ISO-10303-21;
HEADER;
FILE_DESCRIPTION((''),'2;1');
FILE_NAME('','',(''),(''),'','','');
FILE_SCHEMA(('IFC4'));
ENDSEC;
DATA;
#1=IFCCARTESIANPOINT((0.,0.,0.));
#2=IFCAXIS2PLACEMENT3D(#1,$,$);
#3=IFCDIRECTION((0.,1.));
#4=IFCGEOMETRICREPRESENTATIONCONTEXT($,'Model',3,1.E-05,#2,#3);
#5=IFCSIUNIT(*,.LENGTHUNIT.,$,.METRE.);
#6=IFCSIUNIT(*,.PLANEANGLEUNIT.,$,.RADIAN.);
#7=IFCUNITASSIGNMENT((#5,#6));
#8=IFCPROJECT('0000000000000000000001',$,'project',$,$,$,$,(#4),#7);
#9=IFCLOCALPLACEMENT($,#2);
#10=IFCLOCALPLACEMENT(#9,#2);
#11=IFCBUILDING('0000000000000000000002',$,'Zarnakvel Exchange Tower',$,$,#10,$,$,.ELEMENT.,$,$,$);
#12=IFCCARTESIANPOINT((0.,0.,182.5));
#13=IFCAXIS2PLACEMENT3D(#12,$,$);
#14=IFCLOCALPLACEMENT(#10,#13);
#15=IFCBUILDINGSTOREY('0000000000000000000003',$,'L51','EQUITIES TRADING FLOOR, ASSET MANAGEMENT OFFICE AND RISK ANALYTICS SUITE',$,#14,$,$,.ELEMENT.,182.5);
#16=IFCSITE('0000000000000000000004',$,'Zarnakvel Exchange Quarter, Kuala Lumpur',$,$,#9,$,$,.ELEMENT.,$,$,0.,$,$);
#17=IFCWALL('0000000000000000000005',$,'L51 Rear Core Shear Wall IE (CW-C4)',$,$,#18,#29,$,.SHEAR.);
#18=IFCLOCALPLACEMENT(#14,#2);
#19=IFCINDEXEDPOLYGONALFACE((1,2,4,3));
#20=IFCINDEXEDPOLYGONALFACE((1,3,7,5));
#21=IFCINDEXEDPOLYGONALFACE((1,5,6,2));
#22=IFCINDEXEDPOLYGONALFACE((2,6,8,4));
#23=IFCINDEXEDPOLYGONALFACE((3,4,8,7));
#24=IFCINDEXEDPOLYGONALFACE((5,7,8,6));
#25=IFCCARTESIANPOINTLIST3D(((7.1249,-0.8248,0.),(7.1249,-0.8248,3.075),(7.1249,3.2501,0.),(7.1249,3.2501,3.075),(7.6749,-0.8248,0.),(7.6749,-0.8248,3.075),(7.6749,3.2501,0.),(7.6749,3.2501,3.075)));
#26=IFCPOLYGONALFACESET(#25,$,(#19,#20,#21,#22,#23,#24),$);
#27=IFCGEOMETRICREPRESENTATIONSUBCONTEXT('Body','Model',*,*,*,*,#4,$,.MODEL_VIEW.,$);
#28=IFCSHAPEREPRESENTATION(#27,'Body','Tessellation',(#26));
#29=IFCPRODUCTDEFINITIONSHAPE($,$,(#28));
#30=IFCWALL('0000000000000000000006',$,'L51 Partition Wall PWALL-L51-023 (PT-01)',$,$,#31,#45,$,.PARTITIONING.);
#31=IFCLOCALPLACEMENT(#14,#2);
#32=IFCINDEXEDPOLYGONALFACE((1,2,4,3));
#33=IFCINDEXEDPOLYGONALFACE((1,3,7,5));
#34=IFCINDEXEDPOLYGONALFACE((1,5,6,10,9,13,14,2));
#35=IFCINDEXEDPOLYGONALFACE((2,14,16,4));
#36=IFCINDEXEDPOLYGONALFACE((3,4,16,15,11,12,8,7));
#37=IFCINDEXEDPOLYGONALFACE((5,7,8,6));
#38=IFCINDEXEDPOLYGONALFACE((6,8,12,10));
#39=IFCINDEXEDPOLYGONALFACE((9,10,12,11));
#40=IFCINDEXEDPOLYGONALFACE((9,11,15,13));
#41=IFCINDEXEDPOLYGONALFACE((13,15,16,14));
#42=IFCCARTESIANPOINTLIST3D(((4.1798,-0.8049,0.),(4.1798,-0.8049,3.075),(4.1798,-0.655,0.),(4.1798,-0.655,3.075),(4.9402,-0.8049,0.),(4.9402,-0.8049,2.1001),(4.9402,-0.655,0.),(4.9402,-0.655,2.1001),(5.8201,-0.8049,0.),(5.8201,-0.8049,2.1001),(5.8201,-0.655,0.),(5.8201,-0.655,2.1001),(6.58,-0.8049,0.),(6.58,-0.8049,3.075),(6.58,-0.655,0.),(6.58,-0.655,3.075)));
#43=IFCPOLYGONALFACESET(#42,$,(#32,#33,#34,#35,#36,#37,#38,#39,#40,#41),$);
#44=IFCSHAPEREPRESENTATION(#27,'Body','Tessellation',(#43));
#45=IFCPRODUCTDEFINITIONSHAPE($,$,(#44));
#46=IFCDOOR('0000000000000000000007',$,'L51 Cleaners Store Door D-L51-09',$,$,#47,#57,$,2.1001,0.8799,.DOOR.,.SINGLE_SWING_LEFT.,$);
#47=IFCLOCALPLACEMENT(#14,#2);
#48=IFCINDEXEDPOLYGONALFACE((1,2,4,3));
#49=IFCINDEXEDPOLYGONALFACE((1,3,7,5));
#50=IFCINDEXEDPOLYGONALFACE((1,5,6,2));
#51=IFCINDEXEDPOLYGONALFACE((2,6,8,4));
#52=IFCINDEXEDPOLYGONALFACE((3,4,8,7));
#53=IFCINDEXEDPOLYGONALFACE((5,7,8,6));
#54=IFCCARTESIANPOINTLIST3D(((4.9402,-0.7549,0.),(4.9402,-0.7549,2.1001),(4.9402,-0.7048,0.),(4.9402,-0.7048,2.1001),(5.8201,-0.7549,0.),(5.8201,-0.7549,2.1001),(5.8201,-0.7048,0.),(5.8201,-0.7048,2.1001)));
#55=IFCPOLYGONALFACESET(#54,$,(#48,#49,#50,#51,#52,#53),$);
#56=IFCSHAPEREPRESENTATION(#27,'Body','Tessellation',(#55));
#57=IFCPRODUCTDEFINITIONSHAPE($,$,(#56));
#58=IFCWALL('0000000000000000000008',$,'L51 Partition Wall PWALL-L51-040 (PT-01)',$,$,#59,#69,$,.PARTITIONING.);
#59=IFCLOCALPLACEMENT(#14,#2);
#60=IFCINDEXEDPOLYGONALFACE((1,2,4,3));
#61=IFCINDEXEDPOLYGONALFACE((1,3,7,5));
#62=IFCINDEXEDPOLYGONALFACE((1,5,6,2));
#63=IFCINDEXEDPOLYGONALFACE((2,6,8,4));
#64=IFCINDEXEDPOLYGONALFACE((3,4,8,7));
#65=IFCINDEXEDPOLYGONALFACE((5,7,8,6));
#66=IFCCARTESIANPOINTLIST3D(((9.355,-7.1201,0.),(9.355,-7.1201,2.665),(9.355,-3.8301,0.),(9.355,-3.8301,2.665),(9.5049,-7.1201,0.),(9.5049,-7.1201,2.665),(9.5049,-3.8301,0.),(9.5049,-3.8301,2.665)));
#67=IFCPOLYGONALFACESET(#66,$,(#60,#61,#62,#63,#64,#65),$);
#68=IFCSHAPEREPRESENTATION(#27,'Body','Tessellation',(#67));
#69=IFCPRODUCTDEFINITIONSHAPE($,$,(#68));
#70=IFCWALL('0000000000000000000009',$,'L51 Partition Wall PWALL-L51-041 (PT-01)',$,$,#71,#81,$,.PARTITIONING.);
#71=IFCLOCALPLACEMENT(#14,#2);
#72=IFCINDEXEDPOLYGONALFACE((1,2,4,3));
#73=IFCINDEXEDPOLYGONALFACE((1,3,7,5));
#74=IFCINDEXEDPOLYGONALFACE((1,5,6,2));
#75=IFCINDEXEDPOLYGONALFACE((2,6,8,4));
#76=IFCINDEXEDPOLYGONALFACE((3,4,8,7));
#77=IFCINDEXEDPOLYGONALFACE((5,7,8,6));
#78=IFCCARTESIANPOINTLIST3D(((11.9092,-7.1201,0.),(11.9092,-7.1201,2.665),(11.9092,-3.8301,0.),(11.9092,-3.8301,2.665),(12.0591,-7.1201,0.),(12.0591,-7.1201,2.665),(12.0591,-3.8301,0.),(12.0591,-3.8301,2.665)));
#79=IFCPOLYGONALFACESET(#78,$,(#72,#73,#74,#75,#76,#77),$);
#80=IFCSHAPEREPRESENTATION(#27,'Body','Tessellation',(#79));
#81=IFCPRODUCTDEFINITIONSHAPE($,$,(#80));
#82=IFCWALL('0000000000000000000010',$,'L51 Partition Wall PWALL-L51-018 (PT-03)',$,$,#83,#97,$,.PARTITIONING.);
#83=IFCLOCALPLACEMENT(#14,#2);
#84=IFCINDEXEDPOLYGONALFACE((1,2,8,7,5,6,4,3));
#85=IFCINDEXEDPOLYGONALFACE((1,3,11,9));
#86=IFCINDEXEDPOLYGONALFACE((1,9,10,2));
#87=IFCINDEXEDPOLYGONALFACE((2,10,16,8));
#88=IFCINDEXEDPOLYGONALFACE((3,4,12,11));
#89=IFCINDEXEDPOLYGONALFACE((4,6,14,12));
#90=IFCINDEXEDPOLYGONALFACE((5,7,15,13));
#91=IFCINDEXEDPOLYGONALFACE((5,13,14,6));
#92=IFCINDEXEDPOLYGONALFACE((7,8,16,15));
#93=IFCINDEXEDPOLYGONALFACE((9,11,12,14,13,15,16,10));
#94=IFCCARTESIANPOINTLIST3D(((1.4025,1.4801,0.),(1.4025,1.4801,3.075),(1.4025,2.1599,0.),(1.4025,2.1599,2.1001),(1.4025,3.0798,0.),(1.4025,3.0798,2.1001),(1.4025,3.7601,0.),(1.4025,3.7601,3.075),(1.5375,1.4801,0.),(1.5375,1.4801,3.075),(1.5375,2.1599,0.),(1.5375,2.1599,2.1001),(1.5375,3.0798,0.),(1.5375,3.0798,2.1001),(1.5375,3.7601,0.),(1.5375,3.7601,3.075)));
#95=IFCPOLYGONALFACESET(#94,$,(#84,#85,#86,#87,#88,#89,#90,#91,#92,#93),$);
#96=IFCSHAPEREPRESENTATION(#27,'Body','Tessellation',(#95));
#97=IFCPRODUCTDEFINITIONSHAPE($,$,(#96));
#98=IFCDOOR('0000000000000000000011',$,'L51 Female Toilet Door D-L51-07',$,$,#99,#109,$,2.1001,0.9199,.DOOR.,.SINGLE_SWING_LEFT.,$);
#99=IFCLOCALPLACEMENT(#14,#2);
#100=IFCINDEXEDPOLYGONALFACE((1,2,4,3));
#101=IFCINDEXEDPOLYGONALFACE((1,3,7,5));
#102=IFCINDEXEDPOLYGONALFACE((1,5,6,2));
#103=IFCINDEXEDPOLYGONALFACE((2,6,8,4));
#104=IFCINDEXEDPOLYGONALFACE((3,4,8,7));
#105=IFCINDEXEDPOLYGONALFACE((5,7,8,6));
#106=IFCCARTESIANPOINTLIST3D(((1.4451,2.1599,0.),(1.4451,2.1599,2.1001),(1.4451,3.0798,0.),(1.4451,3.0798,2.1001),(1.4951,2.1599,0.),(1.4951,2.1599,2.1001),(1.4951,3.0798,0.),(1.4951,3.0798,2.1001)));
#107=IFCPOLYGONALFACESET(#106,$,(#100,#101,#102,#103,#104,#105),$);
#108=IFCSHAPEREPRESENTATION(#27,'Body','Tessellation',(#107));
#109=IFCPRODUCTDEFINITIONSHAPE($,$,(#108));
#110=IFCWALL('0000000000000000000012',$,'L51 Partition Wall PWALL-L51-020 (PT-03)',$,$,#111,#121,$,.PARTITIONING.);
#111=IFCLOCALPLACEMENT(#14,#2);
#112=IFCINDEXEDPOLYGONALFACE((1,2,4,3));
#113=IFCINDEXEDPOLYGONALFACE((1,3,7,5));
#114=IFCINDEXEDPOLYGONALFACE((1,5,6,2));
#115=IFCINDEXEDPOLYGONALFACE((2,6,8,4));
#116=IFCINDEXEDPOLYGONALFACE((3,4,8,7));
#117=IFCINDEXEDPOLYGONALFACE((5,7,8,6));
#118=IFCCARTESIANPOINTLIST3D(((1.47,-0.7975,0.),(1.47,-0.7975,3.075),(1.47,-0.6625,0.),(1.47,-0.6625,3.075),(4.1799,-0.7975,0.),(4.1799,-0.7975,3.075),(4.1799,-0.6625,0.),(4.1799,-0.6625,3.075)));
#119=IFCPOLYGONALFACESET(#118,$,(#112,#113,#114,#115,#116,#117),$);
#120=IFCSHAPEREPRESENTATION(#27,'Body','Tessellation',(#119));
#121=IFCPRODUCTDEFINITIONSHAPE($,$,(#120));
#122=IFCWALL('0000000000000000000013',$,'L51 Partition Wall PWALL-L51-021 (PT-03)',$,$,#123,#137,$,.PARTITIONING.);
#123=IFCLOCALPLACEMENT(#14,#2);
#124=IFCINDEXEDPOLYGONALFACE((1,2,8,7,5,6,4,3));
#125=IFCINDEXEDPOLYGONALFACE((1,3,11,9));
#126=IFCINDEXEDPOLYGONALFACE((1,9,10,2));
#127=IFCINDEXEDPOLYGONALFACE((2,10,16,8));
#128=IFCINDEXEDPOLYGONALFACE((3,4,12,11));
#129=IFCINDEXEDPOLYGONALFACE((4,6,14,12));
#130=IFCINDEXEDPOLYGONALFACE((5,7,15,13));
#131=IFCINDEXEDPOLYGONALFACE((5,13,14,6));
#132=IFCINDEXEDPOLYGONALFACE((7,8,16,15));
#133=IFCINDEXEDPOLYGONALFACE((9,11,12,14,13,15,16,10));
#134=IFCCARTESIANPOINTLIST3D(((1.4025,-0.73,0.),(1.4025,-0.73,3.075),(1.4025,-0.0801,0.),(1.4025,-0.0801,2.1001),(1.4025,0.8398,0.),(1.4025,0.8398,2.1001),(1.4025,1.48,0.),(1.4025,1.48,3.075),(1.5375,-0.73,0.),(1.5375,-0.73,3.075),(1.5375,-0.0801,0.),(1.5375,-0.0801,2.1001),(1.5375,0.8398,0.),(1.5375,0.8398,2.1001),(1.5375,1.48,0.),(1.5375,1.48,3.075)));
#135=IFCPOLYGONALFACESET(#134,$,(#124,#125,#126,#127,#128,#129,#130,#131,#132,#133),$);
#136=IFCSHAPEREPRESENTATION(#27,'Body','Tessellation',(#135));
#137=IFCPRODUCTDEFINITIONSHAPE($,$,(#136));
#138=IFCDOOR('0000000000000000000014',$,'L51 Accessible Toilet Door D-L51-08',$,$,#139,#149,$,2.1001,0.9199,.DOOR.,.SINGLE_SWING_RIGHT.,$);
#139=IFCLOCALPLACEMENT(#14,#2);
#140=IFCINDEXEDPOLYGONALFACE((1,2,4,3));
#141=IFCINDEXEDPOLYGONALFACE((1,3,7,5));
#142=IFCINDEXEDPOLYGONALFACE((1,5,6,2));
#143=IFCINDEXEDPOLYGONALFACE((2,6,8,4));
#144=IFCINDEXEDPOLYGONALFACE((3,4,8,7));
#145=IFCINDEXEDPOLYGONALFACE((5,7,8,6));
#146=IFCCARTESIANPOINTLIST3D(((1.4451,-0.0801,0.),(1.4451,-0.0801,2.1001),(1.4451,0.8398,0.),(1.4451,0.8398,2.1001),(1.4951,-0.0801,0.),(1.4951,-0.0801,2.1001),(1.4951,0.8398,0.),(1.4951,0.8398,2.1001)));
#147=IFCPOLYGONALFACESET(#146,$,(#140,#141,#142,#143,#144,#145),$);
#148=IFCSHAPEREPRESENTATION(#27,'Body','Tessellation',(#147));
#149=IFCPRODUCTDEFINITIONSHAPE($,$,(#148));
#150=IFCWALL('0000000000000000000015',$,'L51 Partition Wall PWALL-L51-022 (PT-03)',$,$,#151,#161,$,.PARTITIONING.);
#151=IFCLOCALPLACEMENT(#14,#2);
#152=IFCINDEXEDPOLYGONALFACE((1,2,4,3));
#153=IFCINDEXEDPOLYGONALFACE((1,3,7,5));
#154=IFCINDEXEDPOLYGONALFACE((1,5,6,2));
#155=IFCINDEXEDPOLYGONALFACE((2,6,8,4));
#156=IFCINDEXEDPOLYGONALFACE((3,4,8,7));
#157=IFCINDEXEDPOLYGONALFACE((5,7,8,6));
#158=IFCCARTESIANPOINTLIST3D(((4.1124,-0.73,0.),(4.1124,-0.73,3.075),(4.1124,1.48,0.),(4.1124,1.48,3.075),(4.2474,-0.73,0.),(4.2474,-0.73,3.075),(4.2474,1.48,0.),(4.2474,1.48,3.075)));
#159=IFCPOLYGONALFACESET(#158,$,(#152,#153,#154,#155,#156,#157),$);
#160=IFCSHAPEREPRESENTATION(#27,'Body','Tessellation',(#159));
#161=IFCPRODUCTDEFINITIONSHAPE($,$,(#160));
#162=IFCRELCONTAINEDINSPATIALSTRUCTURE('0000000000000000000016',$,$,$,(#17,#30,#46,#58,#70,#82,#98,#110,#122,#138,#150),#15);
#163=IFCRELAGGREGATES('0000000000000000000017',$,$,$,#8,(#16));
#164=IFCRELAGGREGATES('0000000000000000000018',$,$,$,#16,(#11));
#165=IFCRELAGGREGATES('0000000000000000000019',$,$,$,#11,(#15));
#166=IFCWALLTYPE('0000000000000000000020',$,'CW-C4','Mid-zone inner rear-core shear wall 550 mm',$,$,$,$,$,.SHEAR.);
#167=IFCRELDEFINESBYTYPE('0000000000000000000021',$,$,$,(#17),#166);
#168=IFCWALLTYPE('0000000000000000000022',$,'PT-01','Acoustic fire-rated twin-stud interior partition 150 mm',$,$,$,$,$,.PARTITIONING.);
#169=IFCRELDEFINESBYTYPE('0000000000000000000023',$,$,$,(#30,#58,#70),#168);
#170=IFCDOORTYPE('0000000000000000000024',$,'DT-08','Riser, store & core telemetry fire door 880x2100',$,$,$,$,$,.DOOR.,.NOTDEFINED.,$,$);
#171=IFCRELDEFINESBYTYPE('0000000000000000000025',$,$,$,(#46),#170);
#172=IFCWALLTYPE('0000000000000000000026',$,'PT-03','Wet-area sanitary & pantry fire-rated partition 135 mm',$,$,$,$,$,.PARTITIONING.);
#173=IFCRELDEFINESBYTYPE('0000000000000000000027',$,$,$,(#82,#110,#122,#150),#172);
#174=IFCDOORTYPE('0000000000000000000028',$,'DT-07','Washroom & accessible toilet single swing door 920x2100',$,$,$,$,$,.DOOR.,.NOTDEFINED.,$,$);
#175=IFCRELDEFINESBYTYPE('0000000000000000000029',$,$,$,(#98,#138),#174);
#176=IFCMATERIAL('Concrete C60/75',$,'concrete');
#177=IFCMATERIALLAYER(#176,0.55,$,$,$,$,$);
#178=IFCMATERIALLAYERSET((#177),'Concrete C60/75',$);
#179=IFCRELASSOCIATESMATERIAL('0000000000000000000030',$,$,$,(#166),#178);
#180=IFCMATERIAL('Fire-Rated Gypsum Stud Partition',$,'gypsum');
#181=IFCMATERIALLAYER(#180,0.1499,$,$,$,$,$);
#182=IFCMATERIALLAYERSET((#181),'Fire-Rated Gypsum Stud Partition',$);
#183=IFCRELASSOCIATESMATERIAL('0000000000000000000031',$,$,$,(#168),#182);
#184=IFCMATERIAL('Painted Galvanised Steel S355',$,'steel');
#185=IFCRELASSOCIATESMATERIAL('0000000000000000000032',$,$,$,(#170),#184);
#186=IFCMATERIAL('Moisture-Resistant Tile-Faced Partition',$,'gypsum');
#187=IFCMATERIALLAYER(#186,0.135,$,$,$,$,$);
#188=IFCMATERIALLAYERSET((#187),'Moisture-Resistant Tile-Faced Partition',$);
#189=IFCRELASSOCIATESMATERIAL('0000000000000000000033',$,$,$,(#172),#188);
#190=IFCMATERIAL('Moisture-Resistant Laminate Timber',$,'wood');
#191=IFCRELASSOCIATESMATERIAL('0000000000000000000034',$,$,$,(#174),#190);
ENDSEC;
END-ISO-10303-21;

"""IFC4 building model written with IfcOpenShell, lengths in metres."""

from ifc_helpers import new_model, si_unit, direction, frame, frame_2d, origin, place, context, subcontext, project, spatial, rectangle, extrude, source, transform, mapped, material, layer, layer_set, type_object, element, fill, save


model = new_model("IFC4")

# Units and contexts
model_context = context("Model", 3, precision=1e-05, world=origin(), true_north=direction((0.0, 1.0)))
body_context = subcontext(model_context, "Body", "Model", "MODEL_VIEW")
ifc_project = project(units=[si_unit("LENGTHUNIT", "METRE"), si_unit("PLANEANGLEUNIT", "RADIAN")], contexts=[model_context])

# Site, building, storey
site_placement = place(None, origin())
site = spatial("IfcSite", under=ifc_project, at=site_placement, Name="Zarnakvel Exchange Quarter, Kuala Lumpur", CompositionType="ELEMENT", RefElevation=0.0)
building_placement = place(site_placement, origin())
building = spatial("IfcBuilding", under=site, at=building_placement, Name="Zarnakvel Exchange Tower", CompositionType="ELEMENT")
storey_placement = place(building_placement, frame((0.0, 0.0, 182.5)))
storey = spatial("IfcBuildingStorey", under=building, at=storey_placement, Name="L51", Description="EQUITIES TRADING FLOOR, ASSET MANAGEMENT OFFICE AND RISK ANALYTICS SUITE", CompositionType="ELEMENT", Elevation=182.5)

# Shared definitions
ifc_material_1 = material(Name="Concrete C60/75", Category="concrete")

# Wall
ifc_layer_1 = layer(ifc_material_1, 0.55)
ifc_layer_set_1 = layer_set([ifc_layer_1], Name="Concrete C60/75")
wall_type_1 = type_object("IfcWallType", Name="CW-C4", Description="Mid-zone inner rear-core shear wall 550 mm", PredefinedType="SHEAR", material=ifc_layer_set_1)
wall_1_placement = place(storey_placement, frame((7.3999, -0.825, 0.0), z_axis=(0.0, 0.0, 1.0), x_axis=(0.0, 1.0, 0.0)))
element("IfcWall", 1, at=wall_1_placement, inside=storey, type_object=wall_type_1, Name="L51 Rear Core Shear Wall IE (CW-C4)", PredefinedType="SHEAR", context=body_context, shape_type="SweptSolid", body=[
    extrude(rectangle(XDim=4.075, YDim=0.55, at=frame_2d((2.0376, 0.0))), origin(), (0.0, 0.0, 1.0), 3.075),
])

# Wall, opening, door
ifc_material_2 = material(Name="Fire-Rated Gypsum Stud Partition", Category="gypsum")
ifc_layer_2 = layer(ifc_material_2, 0.1499)
ifc_layer_set_2 = layer_set([ifc_layer_2], Name="Fire-Rated Gypsum Stud Partition")
wall_type_2 = type_object("IfcWallType", Name="PT-01", Description="Acoustic fire-rated twin-stud interior partition 150 mm", PredefinedType="PARTITIONING", material=ifc_layer_set_2)
wall_2_placement = place(storey_placement, frame((6.5801, -0.73, 0.0), z_axis=(0.0, 0.0, 1.0), x_axis=(-1.0, 0.0, 0.0)))
wall_2 = element("IfcWall", 2, at=wall_2_placement, inside=storey, type_object=wall_type_2, Name="L51 Partition Wall PWALL-L51-023 (PT-01)", PredefinedType="PARTITIONING", context=body_context, shape_type="SweptSolid", body=[
    extrude(rectangle(XDim=2.4001, YDim=0.1499, at=frame_2d((1.2002, 0.0))), origin(), (0.0, 0.0, 1.0), 3.075),
])
opening_1_placement = place(wall_2_placement, frame((0.76, 0.0, 0.0)))
opening_1 = element("IfcOpeningElement", 3, at=opening_1_placement, cuts=wall_2, PredefinedType="OPENING", context=body_context, shape_type="SweptSolid", body=[
    extrude(rectangle(XDim=0.8799, YDim=2.1001, at=frame_2d((0.4399, 1.05))), frame((0.0, 0.085, 0.0), z_axis=(0.0, -1.0, 0.0), x_axis=(1.0, 0.0, 0.0)), (0.0, 0.0, 1.0), 0.1699),
])
ifc_material_3 = material(Name="Painted Galvanised Steel S355", Category="steel")
door_type_1 = type_object("IfcDoorType", Name="DT-08", Description="Riser, store & core telemetry fire door 880x2100", OperationType="NOTDEFINED", PredefinedType="DOOR", material=ifc_material_3)
shared_shape_1 = source(origin(), body_context, "Body", "SweptSolid", [
    extrude(rectangle(XDim=0.8799, YDim=2.1001, at=frame_2d((0.4399, 1.05))), frame((0.0, 0.0249, 0.0), z_axis=(0.0, -1.0, 0.0), x_axis=(1.0, 0.0, 0.0)), (0.0, 0.0, 1.0), 0.05),
])
door_1_placement = place(opening_1_placement, origin())
door_1 = element("IfcDoor", 4, at=door_1_placement, inside=storey, type_object=door_type_1, Name="L51 Cleaners Store Door D-L51-09", OperationType="SINGLE_SWING_LEFT", OverallHeight=2.1001, OverallWidth=0.8799, PredefinedType="DOOR", context=body_context, shape_type="MappedRepresentation", body=[
    mapped(shared_shape_1, transform((0.0, 0.0, 0.0), x_axis=(1.0, 0.0, 0.0), y_axis=(0.0, 1.0, 0.0), z_axis=(0.0, 0.0, 1.0), scale=1.0)),
])
fill(opening_1, door_1)

# Walls
for number, where, z_axis, x_axis, name in (
    (5, (9.4299, -7.1201, 0.0), (0.0, 0.0, 1.0), (0.0, 1.0, 0.0), "L51 Partition Wall PWALL-L51-040 (PT-01)"),
    (6, (11.9841, -3.8301, 0.0), (0.0, 0.0, 1.0), (0.0, -1.0, 0.0), "L51 Partition Wall PWALL-L51-041 (PT-01)"),
):
    element("IfcWall", number, at=place(storey_placement, frame(where, z_axis=z_axis, x_axis=x_axis)), inside=storey, type_object=wall_type_2, Name=name, PredefinedType="PARTITIONING", context=body_context, shape_type="SweptSolid", body=[
        extrude(rectangle(XDim=3.29, YDim=0.1499, at=frame_2d((1.645, 0.0))), origin(), (0.0, 0.0, 1.0), 2.665),
    ])

# Wall, opening, door
ifc_material_4 = material(Name="Moisture-Resistant Tile-Faced Partition", Category="gypsum")
ifc_layer_3 = layer(ifc_material_4, 0.135)
ifc_layer_set_3 = layer_set([ifc_layer_3], Name="Moisture-Resistant Tile-Faced Partition")
wall_type_3 = type_object("IfcWallType", Name="PT-03", Description="Wet-area sanitary & pantry fire-rated partition 135 mm", PredefinedType="PARTITIONING", material=ifc_layer_set_3)
wall_3_placement = place(storey_placement, frame((1.47, 1.48, 0.0), z_axis=(0.0, 0.0, 1.0), x_axis=(0.0, 1.0, 0.0)))
wall_3 = element("IfcWall", 7, at=wall_3_placement, inside=storey, type_object=wall_type_3, Name="L51 Partition Wall PWALL-L51-018 (PT-03)", PredefinedType="PARTITIONING", context=body_context, shape_type="SweptSolid", body=[
    extrude(rectangle(XDim=2.28, YDim=0.135, at=frame_2d((1.1401, 0.0))), origin(), (0.0, 0.0, 1.0), 3.075),
])
opening_2_placement = place(wall_3_placement, frame((0.6799, 0.0, 0.0)))
opening_2 = element("IfcOpeningElement", 8, at=opening_2_placement, cuts=wall_3, PredefinedType="OPENING", context=body_context, shape_type="SweptSolid", body=[
    extrude(rectangle(XDim=0.9199, YDim=2.1001, at=frame_2d((0.46, 1.05))), frame((0.0, 0.0774, 0.0), z_axis=(0.0, -1.0, 0.0), x_axis=(1.0, 0.0, 0.0)), (0.0, 0.0, 1.0), 0.155),
])
ifc_material_5 = material(Name="Moisture-Resistant Laminate Timber", Category="wood")
door_type_2 = type_object("IfcDoorType", Name="DT-07", Description="Washroom & accessible toilet single swing door 920x2100", OperationType="NOTDEFINED", PredefinedType="DOOR", material=ifc_material_5)
shared_shape_2 = source(origin(), body_context, "Body", "SweptSolid", [
    extrude(rectangle(XDim=0.9199, YDim=2.1001, at=frame_2d((0.46, 1.05))), frame((0.0, 0.0249, 0.0), z_axis=(0.0, -1.0, 0.0), x_axis=(1.0, 0.0, 0.0)), (0.0, 0.0, 1.0), 0.05),
])
door_2_placement = place(opening_2_placement, origin())
door_2 = element("IfcDoor", 9, at=door_2_placement, inside=storey, type_object=door_type_2, Name="L51 Female Toilet Door D-L51-07", OperationType="SINGLE_SWING_LEFT", OverallHeight=2.1001, OverallWidth=0.9199, PredefinedType="DOOR", context=body_context, shape_type="MappedRepresentation", body=[
    mapped(shared_shape_2, transform((0.0, 0.0, 0.0), x_axis=(1.0, 0.0, 0.0), y_axis=(0.0, 1.0, 0.0), z_axis=(0.0, 0.0, 1.0), scale=1.0)),
])
fill(opening_2, door_2)

# Wall
wall_4_placement = place(storey_placement, frame((4.1799, -0.73, 0.0), z_axis=(0.0, 0.0, 1.0), x_axis=(-1.0, 0.0, 0.0)))
element("IfcWall", 10, at=wall_4_placement, inside=storey, type_object=wall_type_3, Name="L51 Partition Wall PWALL-L51-020 (PT-03)", PredefinedType="PARTITIONING", context=body_context, shape_type="SweptSolid", body=[
    extrude(rectangle(XDim=2.71, YDim=0.135, at=frame_2d((1.355, 0.0))), origin(), (0.0, 0.0, 1.0), 3.075),
])

# Wall, opening, door
wall_5_placement = place(storey_placement, frame((1.47, -0.73, 0.0), z_axis=(0.0, 0.0, 1.0), x_axis=(0.0, 1.0, 0.0)))
wall_5 = element("IfcWall", 11, at=wall_5_placement, inside=storey, type_object=wall_type_3, Name="L51 Partition Wall PWALL-L51-021 (PT-03)", PredefinedType="PARTITIONING", context=body_context, shape_type="SweptSolid", body=[
    extrude(rectangle(XDim=2.21, YDim=0.135, at=frame_2d((1.105, 0.0))), origin(), (0.0, 0.0, 1.0), 3.075),
])
opening_3_placement = place(wall_5_placement, frame((0.6499, 0.0, 0.0)))
opening_3 = element("IfcOpeningElement", 12, at=opening_3_placement, cuts=wall_5, PredefinedType="OPENING", context=body_context, shape_type="SweptSolid", body=[
    extrude(rectangle(XDim=0.9199, YDim=2.1001, at=frame_2d((0.46, 1.05))), frame((0.0, 0.0774, 0.0), z_axis=(0.0, -1.0, 0.0), x_axis=(1.0, 0.0, 0.0)), (0.0, 0.0, 1.0), 0.155),
])
door_3_placement = place(opening_3_placement, origin())
door_3 = element("IfcDoor", 13, at=door_3_placement, inside=storey, type_object=door_type_2, Name="L51 Accessible Toilet Door D-L51-08", OperationType="SINGLE_SWING_RIGHT", OverallHeight=2.1001, OverallWidth=0.9199, PredefinedType="DOOR", context=body_context, shape_type="MappedRepresentation", body=[
    mapped(shared_shape_2, transform((0.0, 0.0, 0.0), x_axis=(1.0, 0.0, 0.0), y_axis=(0.0, 1.0, 0.0), z_axis=(0.0, 0.0, 1.0), scale=1.0)),
])
fill(opening_3, door_3)

# Wall
wall_6_placement = place(storey_placement, frame((4.1799, 1.48, 0.0), z_axis=(0.0, 0.0, 1.0), x_axis=(0.0, -1.0, 0.0)))
element("IfcWall", 14, at=wall_6_placement, inside=storey, type_object=wall_type_3, Name="L51 Partition Wall PWALL-L51-022 (PT-03)", PredefinedType="PARTITIONING", context=body_context, shape_type="SweptSolid", body=[
    extrude(rectangle(XDim=2.21, YDim=0.135, at=frame_2d((1.105, 0.0))), origin(), (0.0, 0.0, 1.0), 3.075),
])

save(model, "model.ifc")
